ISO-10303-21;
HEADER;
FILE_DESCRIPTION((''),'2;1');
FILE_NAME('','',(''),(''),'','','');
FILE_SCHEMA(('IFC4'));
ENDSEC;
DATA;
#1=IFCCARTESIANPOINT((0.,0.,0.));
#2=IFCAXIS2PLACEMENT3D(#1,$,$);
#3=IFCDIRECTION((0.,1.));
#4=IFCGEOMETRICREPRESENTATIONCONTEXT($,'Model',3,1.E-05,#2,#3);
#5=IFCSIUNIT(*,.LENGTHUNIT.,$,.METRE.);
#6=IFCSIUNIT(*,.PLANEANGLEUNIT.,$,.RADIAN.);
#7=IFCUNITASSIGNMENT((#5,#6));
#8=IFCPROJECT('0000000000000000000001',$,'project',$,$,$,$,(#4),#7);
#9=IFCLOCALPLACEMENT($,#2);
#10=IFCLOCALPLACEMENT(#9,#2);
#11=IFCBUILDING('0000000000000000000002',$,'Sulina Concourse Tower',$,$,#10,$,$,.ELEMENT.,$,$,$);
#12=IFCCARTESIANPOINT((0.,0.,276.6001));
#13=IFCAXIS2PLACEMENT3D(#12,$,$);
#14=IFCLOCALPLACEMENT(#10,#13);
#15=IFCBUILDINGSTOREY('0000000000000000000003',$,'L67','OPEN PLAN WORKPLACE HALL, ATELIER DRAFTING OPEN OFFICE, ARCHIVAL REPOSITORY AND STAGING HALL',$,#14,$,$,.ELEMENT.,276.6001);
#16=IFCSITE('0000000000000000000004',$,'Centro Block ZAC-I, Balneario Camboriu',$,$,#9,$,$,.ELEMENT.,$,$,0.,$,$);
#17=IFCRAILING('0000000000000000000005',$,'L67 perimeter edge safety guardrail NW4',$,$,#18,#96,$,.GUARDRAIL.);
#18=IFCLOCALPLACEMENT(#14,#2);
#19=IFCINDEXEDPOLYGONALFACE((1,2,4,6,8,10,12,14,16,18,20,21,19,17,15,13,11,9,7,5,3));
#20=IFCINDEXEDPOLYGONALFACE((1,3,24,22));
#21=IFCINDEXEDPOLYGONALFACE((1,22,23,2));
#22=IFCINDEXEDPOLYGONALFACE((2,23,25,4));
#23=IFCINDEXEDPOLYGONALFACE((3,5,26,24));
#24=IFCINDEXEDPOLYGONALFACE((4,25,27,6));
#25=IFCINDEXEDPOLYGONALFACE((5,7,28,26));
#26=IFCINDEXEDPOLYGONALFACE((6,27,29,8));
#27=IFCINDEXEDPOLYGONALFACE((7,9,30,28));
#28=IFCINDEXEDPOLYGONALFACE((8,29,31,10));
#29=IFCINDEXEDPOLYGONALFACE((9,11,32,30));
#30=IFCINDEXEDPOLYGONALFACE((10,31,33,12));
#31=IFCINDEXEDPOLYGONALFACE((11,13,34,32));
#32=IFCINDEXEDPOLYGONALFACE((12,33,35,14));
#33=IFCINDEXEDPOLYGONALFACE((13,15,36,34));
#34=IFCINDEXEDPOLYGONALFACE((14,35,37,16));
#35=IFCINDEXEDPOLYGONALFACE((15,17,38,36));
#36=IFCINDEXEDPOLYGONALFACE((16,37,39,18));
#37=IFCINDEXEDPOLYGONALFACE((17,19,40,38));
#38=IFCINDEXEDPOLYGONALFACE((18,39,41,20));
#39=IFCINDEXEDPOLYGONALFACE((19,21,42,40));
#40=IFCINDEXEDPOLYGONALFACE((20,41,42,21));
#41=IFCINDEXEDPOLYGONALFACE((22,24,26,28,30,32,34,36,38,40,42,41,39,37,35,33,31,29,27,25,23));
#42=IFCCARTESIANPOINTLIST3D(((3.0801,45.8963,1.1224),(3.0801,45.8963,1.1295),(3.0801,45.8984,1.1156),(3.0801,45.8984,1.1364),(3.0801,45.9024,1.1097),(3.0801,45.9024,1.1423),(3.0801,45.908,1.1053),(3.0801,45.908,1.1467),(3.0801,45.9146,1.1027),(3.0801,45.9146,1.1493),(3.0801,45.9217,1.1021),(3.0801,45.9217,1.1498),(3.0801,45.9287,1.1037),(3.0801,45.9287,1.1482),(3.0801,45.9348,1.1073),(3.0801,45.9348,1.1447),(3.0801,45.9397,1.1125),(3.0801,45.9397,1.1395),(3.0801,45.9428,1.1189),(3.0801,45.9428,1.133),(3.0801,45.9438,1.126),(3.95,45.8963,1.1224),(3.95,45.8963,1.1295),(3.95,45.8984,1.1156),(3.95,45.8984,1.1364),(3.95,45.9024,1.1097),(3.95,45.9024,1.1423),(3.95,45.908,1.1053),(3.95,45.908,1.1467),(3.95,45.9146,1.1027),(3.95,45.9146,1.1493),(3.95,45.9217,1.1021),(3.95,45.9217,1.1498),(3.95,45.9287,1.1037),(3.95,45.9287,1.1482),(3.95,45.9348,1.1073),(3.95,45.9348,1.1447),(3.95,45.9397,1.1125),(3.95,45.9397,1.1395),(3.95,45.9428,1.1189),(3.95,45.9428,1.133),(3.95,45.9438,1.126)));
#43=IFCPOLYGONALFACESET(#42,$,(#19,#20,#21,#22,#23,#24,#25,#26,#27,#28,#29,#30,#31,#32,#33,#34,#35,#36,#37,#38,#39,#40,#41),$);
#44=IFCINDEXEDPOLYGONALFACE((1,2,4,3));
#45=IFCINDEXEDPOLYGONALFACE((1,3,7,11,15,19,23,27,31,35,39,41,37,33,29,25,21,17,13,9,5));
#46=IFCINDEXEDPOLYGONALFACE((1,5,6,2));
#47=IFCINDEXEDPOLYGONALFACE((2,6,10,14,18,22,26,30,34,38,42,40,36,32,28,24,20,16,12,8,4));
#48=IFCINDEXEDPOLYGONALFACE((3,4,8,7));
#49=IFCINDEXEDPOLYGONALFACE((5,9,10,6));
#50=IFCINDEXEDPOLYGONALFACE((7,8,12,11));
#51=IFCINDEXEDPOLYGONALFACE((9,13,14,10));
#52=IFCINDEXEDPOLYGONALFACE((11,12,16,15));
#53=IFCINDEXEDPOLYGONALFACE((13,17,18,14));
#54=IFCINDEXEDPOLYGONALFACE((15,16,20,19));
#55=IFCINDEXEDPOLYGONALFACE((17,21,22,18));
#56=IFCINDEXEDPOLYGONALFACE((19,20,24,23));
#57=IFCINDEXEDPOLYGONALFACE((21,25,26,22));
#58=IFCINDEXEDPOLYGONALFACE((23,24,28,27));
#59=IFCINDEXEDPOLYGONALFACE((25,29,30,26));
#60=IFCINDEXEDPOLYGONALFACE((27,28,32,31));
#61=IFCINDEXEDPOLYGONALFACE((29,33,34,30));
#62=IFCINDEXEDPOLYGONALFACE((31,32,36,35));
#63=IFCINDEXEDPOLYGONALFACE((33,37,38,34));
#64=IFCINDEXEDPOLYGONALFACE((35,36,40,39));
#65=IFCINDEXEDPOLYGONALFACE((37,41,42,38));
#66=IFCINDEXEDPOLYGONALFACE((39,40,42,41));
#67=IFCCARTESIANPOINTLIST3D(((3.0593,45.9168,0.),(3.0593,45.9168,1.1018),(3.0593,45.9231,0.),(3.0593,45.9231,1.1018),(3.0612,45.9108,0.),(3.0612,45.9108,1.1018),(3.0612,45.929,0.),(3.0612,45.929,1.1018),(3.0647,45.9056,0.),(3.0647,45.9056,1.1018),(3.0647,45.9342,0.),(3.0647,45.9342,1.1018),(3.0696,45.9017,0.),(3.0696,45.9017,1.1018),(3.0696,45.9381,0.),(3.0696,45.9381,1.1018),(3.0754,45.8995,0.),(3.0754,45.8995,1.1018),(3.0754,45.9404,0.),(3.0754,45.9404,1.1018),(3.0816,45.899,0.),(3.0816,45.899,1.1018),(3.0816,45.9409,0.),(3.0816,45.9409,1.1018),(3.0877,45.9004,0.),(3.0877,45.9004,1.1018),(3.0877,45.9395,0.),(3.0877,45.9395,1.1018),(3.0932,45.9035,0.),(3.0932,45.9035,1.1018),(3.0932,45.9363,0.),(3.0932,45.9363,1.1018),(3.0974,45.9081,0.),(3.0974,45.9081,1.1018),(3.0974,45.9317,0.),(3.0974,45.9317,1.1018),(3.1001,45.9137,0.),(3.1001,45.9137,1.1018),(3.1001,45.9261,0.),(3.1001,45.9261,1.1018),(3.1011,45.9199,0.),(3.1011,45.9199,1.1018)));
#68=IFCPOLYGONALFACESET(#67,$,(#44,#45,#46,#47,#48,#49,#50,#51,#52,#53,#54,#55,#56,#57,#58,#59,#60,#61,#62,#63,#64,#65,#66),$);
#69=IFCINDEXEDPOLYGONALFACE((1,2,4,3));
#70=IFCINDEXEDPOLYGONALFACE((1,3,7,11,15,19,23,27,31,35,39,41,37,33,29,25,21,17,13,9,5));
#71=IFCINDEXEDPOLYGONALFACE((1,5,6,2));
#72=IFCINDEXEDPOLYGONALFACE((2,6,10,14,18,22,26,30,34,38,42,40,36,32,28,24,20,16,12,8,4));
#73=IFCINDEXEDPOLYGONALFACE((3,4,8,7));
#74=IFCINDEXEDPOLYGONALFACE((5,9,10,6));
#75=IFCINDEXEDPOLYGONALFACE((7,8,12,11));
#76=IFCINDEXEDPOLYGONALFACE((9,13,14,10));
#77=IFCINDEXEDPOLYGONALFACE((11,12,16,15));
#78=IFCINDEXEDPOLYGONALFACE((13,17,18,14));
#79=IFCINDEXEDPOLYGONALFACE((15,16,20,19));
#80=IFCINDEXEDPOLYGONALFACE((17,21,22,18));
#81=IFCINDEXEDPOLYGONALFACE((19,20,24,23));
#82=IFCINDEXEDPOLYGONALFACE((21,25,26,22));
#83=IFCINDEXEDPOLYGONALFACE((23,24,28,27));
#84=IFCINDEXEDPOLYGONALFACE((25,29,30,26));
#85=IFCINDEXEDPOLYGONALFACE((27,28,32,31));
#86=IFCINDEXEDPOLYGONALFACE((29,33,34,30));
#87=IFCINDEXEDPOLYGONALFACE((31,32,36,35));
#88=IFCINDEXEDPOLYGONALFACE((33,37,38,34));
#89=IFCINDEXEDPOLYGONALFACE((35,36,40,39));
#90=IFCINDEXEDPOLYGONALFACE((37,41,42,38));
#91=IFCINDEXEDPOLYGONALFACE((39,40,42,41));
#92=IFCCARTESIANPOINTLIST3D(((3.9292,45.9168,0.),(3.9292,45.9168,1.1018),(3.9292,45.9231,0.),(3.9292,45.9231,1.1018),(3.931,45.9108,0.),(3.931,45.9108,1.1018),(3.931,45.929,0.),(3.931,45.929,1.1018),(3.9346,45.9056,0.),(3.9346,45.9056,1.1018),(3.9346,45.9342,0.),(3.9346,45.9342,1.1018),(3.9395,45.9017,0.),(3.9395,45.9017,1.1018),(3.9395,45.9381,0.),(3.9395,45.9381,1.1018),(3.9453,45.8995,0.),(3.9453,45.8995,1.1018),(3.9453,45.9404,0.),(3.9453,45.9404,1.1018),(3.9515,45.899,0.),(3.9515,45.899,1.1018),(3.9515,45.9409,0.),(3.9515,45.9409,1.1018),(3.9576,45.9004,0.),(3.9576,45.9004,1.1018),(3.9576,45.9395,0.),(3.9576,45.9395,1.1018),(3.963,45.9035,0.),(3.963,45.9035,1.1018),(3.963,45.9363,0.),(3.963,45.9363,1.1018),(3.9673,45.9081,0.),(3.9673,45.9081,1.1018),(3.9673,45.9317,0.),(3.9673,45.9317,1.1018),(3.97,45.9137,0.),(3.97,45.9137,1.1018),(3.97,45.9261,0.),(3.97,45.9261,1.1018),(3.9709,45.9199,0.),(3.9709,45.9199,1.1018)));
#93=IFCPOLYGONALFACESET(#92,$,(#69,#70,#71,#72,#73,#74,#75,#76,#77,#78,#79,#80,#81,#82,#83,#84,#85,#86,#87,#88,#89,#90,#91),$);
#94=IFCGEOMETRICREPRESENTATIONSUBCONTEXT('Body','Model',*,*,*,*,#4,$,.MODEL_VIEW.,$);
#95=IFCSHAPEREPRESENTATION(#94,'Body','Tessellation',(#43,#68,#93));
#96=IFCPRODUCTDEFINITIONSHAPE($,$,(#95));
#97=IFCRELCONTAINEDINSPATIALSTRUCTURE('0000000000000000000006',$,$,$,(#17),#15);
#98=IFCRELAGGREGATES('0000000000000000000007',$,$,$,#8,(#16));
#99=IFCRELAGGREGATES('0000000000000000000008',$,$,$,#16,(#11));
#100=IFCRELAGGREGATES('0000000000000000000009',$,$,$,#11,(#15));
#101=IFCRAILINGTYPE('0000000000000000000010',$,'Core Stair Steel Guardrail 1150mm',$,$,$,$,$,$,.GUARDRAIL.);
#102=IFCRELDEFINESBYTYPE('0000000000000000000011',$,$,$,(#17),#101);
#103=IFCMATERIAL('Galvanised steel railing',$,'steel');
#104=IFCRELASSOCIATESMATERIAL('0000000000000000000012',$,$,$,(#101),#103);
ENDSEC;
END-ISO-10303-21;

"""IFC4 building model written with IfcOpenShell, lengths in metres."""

from ifc_helpers import new_model, si_unit, direction, frame, origin, origin_2d, place, context, subcontext, project, spatial, circle, extrude, material, type_object, element, save


model = new_model("IFC4")

# Units and contexts
model_context = context("Model", 3, precision=1e-05, world=origin(), true_north=direction((0.0, 1.0)))
body_context = subcontext(model_context, "Body", "Model", "MODEL_VIEW")
ifc_project = project(units=[si_unit("LENGTHUNIT", "METRE"), si_unit("PLANEANGLEUNIT", "RADIAN")], contexts=[model_context])

# Site, building, storey
site_placement = place(None, origin())
site = spatial("IfcSite", under=ifc_project, at=site_placement, Name="Centro Block ZAC-I, Balneario Camboriu", CompositionType="ELEMENT", RefElevation=0.0)
building_placement = place(site_placement, origin())
building = spatial("IfcBuilding", under=site, at=building_placement, Name="Sulina Concourse Tower", CompositionType="ELEMENT")
storey_placement = place(building_placement, frame((0.0, 0.0, 276.6001)))
storey = spatial("IfcBuildingStorey", under=building, at=storey_placement, Name="L67", Description="OPEN PLAN WORKPLACE HALL, ATELIER DRAFTING OPEN OFFICE, ARCHIVAL REPOSITORY AND STAGING HALL", CompositionType="ELEMENT", Elevation=276.6001)

# Railing
ifc_material_1 = material(Name="Galvanised steel railing", Category="steel")
railing_type_1 = type_object("IfcRailingType", Name="Core Stair Steel Guardrail 1150mm", PredefinedType="GUARDRAIL", material=ifc_material_1)
railing_1_placement = place(storey_placement, frame((3.0801, 45.9199, 0.0)))
element("IfcRailing", 1, at=railing_1_placement, inside=storey, type_object=railing_type_1, Name="L67 perimeter edge safety guardrail NW4", PredefinedType="GUARDRAIL", context=body_context, shape_type="SweptSolid", body=[
    extrude(circle(Radius=0.0239, at=origin_2d()), frame((0.0, 0.0, 1.126), z_axis=(1.0, 0.0, 0.0), x_axis=(0.0, 1.0, 0.0)), (0.0, 0.0, 1.0), 0.8699),
    extrude(circle(Radius=0.021, at=origin_2d()), origin(), (0.0, 0.0, 1.0), 1.1018),
    extrude(circle(Radius=0.021, at=origin_2d()), frame((0.8699, 0.0, 0.0)), (0.0, 0.0, 1.0), 1.1018),
])

save(model, "model.ifc")
